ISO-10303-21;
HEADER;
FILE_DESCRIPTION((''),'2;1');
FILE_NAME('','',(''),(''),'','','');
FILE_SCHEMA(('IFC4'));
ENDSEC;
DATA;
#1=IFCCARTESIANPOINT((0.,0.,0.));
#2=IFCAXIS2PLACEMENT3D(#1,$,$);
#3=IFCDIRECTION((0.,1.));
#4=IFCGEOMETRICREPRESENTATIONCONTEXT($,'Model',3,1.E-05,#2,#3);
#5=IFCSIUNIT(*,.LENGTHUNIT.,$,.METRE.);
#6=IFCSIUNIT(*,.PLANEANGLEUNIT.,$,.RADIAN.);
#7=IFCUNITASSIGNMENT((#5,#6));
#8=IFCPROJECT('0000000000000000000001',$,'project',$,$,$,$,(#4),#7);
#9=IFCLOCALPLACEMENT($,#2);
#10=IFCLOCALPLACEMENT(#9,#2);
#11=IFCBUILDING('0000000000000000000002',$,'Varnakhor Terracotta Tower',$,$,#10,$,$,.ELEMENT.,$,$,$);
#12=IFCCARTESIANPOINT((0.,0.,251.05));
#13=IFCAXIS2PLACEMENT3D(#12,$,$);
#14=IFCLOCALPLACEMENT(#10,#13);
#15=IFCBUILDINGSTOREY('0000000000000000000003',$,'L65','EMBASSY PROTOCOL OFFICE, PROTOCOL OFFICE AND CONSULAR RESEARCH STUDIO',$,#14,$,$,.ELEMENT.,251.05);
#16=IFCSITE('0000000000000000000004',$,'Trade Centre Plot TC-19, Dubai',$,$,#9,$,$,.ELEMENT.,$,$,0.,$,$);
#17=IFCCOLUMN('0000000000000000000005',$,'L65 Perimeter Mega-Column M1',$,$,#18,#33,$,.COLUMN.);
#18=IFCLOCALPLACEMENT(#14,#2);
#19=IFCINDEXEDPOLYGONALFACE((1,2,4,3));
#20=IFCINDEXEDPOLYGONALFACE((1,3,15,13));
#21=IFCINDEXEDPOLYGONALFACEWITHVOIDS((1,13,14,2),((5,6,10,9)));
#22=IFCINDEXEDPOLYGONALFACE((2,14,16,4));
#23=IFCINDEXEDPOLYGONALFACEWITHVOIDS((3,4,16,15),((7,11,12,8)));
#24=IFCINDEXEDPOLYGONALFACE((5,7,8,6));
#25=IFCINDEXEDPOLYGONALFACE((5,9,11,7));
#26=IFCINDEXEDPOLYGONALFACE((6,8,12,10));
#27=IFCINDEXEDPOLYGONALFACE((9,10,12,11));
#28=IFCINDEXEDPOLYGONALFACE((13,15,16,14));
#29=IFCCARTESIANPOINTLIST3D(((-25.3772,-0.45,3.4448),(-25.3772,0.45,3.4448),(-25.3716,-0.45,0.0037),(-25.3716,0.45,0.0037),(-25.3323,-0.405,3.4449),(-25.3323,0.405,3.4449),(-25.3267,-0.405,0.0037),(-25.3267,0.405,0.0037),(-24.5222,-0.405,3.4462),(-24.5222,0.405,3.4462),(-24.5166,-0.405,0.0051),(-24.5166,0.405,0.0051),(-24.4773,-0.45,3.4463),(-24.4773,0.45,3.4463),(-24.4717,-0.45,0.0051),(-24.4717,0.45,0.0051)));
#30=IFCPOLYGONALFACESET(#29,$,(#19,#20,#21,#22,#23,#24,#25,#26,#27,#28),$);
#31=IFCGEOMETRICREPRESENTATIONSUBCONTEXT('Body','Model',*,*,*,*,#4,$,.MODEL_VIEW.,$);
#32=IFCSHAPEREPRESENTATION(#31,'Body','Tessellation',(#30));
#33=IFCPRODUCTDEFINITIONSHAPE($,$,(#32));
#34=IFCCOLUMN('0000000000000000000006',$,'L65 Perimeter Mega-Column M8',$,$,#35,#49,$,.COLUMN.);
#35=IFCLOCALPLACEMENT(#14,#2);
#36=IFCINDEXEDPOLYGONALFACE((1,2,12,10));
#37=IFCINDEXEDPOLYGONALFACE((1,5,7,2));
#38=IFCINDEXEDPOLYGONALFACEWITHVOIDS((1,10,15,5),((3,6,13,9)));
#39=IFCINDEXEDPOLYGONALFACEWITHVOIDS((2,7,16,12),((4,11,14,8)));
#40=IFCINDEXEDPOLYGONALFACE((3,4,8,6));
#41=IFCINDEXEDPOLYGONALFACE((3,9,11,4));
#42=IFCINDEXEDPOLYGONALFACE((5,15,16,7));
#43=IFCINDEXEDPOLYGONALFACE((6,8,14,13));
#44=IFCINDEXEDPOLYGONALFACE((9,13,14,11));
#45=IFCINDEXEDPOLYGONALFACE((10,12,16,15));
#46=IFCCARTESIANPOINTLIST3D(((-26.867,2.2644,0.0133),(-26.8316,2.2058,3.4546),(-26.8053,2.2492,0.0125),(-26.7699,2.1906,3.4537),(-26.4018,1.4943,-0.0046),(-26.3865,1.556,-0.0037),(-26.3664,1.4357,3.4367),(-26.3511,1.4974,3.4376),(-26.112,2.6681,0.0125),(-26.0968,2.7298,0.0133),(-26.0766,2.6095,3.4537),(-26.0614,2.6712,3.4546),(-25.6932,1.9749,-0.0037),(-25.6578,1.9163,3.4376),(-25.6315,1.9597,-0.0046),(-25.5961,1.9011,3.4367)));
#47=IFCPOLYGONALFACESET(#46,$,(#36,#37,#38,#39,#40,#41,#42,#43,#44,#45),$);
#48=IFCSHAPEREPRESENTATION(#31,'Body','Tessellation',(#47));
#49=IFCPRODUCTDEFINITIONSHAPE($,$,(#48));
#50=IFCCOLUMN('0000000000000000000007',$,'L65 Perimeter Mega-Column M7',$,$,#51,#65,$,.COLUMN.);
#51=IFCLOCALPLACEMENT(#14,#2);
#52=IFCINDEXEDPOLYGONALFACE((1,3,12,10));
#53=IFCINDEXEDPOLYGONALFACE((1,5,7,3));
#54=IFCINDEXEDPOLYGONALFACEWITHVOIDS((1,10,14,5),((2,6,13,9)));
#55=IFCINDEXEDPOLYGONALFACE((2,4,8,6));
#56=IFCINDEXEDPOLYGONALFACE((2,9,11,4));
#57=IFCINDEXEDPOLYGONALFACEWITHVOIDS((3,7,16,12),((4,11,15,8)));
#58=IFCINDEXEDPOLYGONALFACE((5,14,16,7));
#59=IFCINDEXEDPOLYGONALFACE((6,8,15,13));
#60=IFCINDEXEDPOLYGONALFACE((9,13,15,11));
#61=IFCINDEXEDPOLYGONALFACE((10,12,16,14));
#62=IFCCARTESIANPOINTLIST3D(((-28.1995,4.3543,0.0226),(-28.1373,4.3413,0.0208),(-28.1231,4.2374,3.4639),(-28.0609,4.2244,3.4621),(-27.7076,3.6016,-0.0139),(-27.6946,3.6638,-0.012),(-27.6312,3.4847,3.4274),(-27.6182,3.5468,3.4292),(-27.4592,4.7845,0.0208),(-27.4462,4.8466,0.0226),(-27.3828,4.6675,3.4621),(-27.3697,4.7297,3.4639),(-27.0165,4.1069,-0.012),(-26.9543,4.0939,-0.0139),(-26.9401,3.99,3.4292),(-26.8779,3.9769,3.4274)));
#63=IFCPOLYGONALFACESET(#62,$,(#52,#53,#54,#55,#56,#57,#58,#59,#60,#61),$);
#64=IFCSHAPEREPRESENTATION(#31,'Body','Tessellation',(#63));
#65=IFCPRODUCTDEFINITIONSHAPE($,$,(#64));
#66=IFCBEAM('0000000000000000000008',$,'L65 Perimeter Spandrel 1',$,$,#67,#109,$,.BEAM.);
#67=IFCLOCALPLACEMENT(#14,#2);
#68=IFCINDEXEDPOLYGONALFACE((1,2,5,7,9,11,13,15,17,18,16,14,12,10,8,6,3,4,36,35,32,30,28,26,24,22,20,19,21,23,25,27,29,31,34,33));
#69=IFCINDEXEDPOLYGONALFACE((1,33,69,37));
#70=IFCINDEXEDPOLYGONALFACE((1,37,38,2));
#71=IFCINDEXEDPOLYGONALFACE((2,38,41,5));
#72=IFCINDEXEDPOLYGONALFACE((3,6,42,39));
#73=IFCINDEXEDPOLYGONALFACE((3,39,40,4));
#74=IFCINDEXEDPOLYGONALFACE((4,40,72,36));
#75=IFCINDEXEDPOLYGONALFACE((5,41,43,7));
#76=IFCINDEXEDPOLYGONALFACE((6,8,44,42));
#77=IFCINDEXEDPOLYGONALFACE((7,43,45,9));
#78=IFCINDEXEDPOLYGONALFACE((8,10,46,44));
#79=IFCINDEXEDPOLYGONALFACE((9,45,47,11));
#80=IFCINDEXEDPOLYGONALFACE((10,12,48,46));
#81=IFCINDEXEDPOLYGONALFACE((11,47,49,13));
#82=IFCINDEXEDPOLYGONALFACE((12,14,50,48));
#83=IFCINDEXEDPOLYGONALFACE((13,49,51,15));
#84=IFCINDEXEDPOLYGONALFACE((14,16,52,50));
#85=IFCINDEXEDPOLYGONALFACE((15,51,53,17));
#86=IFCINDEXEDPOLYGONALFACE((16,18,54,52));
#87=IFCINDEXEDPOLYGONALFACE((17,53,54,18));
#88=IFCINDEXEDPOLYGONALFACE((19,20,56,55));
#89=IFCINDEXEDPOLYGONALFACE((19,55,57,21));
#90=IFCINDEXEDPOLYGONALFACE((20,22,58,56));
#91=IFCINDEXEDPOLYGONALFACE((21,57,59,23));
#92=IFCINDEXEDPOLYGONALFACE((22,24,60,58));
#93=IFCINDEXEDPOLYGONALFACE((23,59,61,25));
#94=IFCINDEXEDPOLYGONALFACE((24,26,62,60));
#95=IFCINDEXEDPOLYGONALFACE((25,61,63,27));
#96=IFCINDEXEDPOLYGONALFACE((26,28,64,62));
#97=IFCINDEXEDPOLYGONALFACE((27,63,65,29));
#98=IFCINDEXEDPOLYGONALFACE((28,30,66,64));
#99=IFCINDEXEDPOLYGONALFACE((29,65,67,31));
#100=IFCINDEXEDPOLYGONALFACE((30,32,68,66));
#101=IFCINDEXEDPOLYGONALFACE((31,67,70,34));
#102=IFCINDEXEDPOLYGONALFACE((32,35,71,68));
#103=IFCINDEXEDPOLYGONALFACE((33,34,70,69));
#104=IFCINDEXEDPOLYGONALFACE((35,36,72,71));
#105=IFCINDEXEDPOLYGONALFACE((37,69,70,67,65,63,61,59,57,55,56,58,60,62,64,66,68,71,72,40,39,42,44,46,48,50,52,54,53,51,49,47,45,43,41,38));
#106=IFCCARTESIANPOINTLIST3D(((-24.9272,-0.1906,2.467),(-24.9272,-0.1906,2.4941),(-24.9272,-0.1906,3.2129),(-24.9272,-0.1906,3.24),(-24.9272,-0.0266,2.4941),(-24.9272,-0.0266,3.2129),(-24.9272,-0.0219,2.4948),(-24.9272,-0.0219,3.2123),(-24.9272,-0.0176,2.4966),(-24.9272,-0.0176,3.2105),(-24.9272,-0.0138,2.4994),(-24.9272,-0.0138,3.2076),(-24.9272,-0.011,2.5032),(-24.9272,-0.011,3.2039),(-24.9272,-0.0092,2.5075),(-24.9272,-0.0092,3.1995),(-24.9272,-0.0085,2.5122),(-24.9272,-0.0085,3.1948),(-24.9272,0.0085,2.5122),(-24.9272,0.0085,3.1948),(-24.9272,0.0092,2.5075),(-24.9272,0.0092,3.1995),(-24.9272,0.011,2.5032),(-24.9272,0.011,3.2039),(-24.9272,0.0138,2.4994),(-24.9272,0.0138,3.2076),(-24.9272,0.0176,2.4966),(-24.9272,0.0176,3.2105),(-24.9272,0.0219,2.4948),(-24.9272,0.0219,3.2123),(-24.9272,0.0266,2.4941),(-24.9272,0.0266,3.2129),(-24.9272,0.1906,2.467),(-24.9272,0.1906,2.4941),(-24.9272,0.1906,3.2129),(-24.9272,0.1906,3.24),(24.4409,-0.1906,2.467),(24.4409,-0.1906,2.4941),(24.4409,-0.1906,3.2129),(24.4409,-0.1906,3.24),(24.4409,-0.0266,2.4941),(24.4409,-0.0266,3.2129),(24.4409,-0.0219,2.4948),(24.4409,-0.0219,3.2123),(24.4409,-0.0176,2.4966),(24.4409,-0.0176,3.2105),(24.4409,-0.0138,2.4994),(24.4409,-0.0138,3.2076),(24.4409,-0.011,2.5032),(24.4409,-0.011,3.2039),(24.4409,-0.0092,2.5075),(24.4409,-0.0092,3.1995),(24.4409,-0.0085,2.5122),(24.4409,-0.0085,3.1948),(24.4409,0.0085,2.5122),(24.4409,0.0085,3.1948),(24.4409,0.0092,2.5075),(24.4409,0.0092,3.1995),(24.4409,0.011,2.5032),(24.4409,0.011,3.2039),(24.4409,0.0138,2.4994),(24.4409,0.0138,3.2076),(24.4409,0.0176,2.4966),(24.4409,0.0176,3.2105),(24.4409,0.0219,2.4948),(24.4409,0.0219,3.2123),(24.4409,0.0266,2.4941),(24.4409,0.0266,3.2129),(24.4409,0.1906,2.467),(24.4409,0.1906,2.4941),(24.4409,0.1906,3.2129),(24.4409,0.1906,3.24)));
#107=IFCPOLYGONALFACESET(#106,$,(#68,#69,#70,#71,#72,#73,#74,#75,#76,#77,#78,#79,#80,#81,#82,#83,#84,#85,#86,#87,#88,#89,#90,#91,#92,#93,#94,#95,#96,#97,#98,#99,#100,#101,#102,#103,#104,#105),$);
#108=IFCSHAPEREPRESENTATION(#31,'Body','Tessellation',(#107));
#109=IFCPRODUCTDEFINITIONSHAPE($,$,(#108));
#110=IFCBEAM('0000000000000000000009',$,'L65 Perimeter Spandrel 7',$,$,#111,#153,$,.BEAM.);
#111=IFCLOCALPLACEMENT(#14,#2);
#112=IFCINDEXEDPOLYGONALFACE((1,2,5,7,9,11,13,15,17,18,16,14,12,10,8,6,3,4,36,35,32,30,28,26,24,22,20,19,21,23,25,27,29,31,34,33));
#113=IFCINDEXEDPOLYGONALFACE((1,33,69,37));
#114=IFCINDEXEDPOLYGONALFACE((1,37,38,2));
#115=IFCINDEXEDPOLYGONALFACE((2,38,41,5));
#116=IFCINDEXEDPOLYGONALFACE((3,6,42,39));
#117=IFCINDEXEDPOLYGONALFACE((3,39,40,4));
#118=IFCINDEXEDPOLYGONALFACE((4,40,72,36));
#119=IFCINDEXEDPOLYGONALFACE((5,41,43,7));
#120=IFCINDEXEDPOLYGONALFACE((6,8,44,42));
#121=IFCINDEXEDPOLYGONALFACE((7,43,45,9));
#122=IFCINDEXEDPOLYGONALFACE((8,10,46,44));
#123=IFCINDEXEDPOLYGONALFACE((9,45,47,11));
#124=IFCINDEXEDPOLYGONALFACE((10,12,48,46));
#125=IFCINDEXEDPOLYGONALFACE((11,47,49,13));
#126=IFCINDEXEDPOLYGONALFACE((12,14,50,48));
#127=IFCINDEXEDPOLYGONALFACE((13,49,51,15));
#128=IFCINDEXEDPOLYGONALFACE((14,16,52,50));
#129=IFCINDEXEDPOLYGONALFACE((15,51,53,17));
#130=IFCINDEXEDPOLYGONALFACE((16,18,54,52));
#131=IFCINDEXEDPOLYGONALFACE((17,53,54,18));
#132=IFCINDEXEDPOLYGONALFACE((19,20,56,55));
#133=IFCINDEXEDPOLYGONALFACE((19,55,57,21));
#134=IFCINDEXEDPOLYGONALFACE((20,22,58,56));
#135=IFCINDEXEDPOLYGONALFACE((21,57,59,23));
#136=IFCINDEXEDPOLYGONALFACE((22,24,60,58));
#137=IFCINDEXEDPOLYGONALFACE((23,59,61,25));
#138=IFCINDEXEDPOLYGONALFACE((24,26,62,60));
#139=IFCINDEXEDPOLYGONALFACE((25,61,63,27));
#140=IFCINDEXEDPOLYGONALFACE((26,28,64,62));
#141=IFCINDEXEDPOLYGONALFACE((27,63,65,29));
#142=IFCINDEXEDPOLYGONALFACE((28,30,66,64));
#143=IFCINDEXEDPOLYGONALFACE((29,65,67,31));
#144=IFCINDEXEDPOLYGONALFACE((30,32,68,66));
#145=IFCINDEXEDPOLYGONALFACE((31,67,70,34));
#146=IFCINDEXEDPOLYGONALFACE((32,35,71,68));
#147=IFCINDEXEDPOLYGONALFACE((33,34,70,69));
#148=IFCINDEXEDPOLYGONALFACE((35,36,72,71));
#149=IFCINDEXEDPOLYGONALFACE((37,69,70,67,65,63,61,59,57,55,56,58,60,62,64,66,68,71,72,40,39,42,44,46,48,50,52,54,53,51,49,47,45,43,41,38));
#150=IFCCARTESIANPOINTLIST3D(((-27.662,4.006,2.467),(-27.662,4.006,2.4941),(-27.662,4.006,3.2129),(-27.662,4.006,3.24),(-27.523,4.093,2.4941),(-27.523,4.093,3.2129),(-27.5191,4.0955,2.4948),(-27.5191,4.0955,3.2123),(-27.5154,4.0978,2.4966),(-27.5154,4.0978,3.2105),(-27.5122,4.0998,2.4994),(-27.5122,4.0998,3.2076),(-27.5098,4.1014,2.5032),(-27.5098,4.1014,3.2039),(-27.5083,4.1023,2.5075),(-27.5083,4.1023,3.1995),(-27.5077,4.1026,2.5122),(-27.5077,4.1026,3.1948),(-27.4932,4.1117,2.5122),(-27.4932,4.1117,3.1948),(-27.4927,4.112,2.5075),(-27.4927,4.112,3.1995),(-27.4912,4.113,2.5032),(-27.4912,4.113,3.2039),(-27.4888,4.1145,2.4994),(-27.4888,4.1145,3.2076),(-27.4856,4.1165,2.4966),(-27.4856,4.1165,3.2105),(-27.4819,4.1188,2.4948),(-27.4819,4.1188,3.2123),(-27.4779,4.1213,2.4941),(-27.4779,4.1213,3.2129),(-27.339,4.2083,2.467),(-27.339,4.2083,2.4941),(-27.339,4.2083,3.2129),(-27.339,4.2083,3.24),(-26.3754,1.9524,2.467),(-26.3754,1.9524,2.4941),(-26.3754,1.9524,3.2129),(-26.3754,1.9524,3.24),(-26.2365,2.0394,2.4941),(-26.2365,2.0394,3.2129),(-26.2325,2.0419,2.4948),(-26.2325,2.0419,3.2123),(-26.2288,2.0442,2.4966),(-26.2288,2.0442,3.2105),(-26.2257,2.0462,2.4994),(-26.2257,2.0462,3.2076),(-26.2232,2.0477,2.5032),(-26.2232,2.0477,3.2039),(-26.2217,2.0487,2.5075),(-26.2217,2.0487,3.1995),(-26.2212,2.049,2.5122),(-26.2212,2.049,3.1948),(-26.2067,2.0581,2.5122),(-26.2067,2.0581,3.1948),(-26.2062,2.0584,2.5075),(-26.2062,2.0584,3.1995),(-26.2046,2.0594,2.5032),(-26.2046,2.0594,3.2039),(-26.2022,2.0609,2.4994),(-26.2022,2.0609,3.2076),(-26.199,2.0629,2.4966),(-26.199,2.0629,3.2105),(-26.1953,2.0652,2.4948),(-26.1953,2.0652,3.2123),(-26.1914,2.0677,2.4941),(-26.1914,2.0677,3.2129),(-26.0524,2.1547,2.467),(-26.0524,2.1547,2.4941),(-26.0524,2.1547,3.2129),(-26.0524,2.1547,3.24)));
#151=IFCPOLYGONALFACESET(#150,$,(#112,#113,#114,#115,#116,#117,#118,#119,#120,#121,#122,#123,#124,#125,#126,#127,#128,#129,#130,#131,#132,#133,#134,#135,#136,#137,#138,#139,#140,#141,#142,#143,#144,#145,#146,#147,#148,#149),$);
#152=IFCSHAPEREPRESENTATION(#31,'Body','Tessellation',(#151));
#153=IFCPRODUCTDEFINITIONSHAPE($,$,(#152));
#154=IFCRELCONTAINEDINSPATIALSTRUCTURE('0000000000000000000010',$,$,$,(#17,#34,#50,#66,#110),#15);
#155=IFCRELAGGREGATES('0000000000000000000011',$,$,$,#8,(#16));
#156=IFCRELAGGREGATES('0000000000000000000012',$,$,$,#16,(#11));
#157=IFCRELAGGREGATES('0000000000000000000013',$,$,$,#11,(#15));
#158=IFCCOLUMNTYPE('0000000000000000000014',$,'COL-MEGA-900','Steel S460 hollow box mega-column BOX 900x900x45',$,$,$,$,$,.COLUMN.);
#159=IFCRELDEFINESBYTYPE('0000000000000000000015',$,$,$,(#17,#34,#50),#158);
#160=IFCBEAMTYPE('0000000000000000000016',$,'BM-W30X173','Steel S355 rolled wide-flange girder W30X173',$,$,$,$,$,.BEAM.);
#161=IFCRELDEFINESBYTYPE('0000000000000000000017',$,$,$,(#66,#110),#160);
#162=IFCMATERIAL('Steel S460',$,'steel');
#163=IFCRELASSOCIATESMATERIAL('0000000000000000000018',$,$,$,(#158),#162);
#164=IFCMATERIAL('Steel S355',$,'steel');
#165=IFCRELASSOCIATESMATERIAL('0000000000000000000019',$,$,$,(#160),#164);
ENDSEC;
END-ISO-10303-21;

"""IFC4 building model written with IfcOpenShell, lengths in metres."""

from ifc_helpers import new_model, si_unit, direction, frame, origin, origin_2d, place, context, subcontext, project, spatial, hollow_rectangle, i_section, extrude, source, transform, mapped, material, material_profile, profile_set, type_object, element, save


model = new_model("IFC4")

# Units and contexts
model_context = context("Model", 3, precision=1e-05, world=origin(), true_north=direction((0.0, 1.0)))
body_context = subcontext(model_context, "Body", "Model", "MODEL_VIEW")
ifc_project = project(units=[si_unit("LENGTHUNIT", "METRE"), si_unit("PLANEANGLEUNIT", "RADIAN")], contexts=[model_context])

# Site, building, storey
site_placement = place(None, origin())
site = spatial("IfcSite", under=ifc_project, at=site_placement, Name="Trade Centre Plot TC-19, Dubai", CompositionType="ELEMENT", RefElevation=0.0)
building_placement = place(site_placement, origin())
building = spatial("IfcBuilding", under=site, at=building_placement, Name="Varnakhor Terracotta Tower", CompositionType="ELEMENT")
storey_placement = place(building_placement, frame((0.0, 0.0, 251.05)))
storey = spatial("IfcBuildingStorey", under=building, at=storey_placement, Name="L65", Description="EMBASSY PROTOCOL OFFICE, PROTOCOL OFFICE AND CONSULAR RESEARCH STUDIO", CompositionType="ELEMENT", Elevation=251.05)

# Columns
ifc_material_1 = material(Name="Steel S460", Category="steel")
ifc_material_profile_1 = material_profile(ifc_material_1, hollow_rectangle(XDim=0.8999, YDim=0.8999, WallThickness=0.0449, at=origin_2d()), Name="BOX 900x900x45")
ifc_profile_set_1 = profile_set([ifc_material_profile_1], Name="Steel S460")
column_type = type_object("IfcColumnType", Name="COL-MEGA-900", Description="Steel S460 hollow box mega-column BOX 900x900x45", PredefinedType="COLUMN", material=ifc_profile_set_1)
shared_shape_1 = source(origin(), body_context, "Body", "SweptSolid", [
    extrude(hollow_rectangle(XDim=0.8999, YDim=0.8999, WallThickness=0.0449, at=origin_2d()), origin(), (0.0, 0.0, 1.0), 3.4412),
])
column_1_placement = place(storey_placement, frame((-24.9216, 0.0, 0.0044), z_axis=(-0.001632, 0.0, 0.999999), x_axis=(0.0, -1.0, 0.0)))
element("IfcColumn", 1, at=column_1_placement, inside=storey, type_object=column_type, Name="L65 Perimeter Mega-Column M1", PredefinedType="COLUMN", context=body_context, shape_type="MappedRepresentation", body=[
    mapped(shared_shape_1, transform((0.0, 0.0, 0.0), scale=1.0)),
])
shared_shape_2 = source(origin(), body_context, "Body", "SweptSolid", [
    extrude(hollow_rectangle(XDim=0.8999, YDim=0.8999, WallThickness=0.0449, at=origin_2d()), origin(), (0.0, 0.0, 1.0), 3.4419),
])
column_2_placement = place(storey_placement, frame((-26.2493, 2.1121, 0.0044), z_axis=(0.010285, -0.017024, 0.999802), x_axis=(0.855916, 0.517116, 0.0)))
element("IfcColumn", 2, at=column_2_placement, inside=storey, type_object=column_type, Name="L65 Perimeter Mega-Column M8", PredefinedType="COLUMN", context=body_context, shape_type="MappedRepresentation", body=[
    mapped(shared_shape_2, transform((0.0, 0.0, 0.0), scale=1.0)),
])
shared_shape_3 = source(origin(), body_context, "Body", "SweptSolid", [
    extrude(hollow_rectangle(XDim=0.8999, YDim=0.8999, WallThickness=0.0449, at=origin_2d()), origin(), (0.0, 0.0, 1.0), 3.4441),
])
column_3_placement = place(storey_placement, frame((-27.5769, 4.2241, 0.0044), z_axis=(0.022188, -0.033956, 0.999177), x_axis=(0.837124, 0.547014, 0.0)))
element("IfcColumn", 3, at=column_3_placement, inside=storey, type_object=column_type, Name="L65 Perimeter Mega-Column M7", PredefinedType="COLUMN", context=body_context, shape_type="MappedRepresentation", body=[
    mapped(shared_shape_3, transform((0.0, 0.0, 0.0), scale=1.0)),
])

# Beams
ifc_material_2 = material(Name="Steel S355", Category="steel")
ifc_material_profile_2 = material_profile(ifc_material_2, i_section(OverallWidth=0.3811, OverallDepth=0.7729, WebThickness=0.0171, FlangeThickness=0.0271, FilletRadius=0.0181, at=origin_2d()), Name="W30X173")
ifc_profile_set_2 = profile_set([ifc_material_profile_2], Name="Steel S355")
beam_type_1 = type_object("IfcBeamType", Name="BM-W30X173", Description="Steel S355 rolled wide-flange girder W30X173", PredefinedType="BEAM", material=ifc_profile_set_2)
shared_shape_4 = source(origin(), body_context, "Body", "SweptSolid", [
    extrude(i_section(OverallWidth=0.3811, OverallDepth=0.7729, WebThickness=0.0171, FlangeThickness=0.0271, FilletRadius=0.0181, at=origin_2d()), origin(), (0.0, 0.0, 1.0), 49.3682),
])
beam_1_placement = place(storey_placement, frame((-24.9272, 0.0, 2.8535), z_axis=(1.0, 0.0, 0.0), x_axis=(0.0, 1.0, 0.0)))
element("IfcBeam", 4, at=beam_1_placement, inside=storey, type_object=beam_type_1, Name="L65 Perimeter Spandrel 1", PredefinedType="BEAM", context=body_context, shape_type="MappedRepresentation", body=[
    mapped(shared_shape_4, transform((0.0, 0.0, 0.0), scale=1.0)),
])
shared_shape_5 = source(origin(), body_context, "Body", "SweptSolid", [
    extrude(i_section(OverallWidth=0.3811, OverallDepth=0.7729, WebThickness=0.0171, FlangeThickness=0.0271, FilletRadius=0.0181, at=origin_2d()), origin(), (0.0, 0.0, 1.0), 2.4233),
])
for number, where, z_axis, x_axis, name in (
    (5, (-27.5005, 4.1072, 2.8535), (0.530904, -0.847432, 0.0), (0.847432, 0.530904, 0.0), "L65 Perimeter Spandrel 7"),
):
    element("IfcBeam", number, at=place(storey_placement, frame(where, z_axis=z_axis, x_axis=x_axis)), inside=storey, type_object=beam_type_1, Name=name, PredefinedType="BEAM", context=body_context, shape_type="MappedRepresentation", body=[
        mapped(shared_shape_5, transform((0.0, 0.0, 0.0), scale=1.0)),
    ])

save(model, "model.ifc")
